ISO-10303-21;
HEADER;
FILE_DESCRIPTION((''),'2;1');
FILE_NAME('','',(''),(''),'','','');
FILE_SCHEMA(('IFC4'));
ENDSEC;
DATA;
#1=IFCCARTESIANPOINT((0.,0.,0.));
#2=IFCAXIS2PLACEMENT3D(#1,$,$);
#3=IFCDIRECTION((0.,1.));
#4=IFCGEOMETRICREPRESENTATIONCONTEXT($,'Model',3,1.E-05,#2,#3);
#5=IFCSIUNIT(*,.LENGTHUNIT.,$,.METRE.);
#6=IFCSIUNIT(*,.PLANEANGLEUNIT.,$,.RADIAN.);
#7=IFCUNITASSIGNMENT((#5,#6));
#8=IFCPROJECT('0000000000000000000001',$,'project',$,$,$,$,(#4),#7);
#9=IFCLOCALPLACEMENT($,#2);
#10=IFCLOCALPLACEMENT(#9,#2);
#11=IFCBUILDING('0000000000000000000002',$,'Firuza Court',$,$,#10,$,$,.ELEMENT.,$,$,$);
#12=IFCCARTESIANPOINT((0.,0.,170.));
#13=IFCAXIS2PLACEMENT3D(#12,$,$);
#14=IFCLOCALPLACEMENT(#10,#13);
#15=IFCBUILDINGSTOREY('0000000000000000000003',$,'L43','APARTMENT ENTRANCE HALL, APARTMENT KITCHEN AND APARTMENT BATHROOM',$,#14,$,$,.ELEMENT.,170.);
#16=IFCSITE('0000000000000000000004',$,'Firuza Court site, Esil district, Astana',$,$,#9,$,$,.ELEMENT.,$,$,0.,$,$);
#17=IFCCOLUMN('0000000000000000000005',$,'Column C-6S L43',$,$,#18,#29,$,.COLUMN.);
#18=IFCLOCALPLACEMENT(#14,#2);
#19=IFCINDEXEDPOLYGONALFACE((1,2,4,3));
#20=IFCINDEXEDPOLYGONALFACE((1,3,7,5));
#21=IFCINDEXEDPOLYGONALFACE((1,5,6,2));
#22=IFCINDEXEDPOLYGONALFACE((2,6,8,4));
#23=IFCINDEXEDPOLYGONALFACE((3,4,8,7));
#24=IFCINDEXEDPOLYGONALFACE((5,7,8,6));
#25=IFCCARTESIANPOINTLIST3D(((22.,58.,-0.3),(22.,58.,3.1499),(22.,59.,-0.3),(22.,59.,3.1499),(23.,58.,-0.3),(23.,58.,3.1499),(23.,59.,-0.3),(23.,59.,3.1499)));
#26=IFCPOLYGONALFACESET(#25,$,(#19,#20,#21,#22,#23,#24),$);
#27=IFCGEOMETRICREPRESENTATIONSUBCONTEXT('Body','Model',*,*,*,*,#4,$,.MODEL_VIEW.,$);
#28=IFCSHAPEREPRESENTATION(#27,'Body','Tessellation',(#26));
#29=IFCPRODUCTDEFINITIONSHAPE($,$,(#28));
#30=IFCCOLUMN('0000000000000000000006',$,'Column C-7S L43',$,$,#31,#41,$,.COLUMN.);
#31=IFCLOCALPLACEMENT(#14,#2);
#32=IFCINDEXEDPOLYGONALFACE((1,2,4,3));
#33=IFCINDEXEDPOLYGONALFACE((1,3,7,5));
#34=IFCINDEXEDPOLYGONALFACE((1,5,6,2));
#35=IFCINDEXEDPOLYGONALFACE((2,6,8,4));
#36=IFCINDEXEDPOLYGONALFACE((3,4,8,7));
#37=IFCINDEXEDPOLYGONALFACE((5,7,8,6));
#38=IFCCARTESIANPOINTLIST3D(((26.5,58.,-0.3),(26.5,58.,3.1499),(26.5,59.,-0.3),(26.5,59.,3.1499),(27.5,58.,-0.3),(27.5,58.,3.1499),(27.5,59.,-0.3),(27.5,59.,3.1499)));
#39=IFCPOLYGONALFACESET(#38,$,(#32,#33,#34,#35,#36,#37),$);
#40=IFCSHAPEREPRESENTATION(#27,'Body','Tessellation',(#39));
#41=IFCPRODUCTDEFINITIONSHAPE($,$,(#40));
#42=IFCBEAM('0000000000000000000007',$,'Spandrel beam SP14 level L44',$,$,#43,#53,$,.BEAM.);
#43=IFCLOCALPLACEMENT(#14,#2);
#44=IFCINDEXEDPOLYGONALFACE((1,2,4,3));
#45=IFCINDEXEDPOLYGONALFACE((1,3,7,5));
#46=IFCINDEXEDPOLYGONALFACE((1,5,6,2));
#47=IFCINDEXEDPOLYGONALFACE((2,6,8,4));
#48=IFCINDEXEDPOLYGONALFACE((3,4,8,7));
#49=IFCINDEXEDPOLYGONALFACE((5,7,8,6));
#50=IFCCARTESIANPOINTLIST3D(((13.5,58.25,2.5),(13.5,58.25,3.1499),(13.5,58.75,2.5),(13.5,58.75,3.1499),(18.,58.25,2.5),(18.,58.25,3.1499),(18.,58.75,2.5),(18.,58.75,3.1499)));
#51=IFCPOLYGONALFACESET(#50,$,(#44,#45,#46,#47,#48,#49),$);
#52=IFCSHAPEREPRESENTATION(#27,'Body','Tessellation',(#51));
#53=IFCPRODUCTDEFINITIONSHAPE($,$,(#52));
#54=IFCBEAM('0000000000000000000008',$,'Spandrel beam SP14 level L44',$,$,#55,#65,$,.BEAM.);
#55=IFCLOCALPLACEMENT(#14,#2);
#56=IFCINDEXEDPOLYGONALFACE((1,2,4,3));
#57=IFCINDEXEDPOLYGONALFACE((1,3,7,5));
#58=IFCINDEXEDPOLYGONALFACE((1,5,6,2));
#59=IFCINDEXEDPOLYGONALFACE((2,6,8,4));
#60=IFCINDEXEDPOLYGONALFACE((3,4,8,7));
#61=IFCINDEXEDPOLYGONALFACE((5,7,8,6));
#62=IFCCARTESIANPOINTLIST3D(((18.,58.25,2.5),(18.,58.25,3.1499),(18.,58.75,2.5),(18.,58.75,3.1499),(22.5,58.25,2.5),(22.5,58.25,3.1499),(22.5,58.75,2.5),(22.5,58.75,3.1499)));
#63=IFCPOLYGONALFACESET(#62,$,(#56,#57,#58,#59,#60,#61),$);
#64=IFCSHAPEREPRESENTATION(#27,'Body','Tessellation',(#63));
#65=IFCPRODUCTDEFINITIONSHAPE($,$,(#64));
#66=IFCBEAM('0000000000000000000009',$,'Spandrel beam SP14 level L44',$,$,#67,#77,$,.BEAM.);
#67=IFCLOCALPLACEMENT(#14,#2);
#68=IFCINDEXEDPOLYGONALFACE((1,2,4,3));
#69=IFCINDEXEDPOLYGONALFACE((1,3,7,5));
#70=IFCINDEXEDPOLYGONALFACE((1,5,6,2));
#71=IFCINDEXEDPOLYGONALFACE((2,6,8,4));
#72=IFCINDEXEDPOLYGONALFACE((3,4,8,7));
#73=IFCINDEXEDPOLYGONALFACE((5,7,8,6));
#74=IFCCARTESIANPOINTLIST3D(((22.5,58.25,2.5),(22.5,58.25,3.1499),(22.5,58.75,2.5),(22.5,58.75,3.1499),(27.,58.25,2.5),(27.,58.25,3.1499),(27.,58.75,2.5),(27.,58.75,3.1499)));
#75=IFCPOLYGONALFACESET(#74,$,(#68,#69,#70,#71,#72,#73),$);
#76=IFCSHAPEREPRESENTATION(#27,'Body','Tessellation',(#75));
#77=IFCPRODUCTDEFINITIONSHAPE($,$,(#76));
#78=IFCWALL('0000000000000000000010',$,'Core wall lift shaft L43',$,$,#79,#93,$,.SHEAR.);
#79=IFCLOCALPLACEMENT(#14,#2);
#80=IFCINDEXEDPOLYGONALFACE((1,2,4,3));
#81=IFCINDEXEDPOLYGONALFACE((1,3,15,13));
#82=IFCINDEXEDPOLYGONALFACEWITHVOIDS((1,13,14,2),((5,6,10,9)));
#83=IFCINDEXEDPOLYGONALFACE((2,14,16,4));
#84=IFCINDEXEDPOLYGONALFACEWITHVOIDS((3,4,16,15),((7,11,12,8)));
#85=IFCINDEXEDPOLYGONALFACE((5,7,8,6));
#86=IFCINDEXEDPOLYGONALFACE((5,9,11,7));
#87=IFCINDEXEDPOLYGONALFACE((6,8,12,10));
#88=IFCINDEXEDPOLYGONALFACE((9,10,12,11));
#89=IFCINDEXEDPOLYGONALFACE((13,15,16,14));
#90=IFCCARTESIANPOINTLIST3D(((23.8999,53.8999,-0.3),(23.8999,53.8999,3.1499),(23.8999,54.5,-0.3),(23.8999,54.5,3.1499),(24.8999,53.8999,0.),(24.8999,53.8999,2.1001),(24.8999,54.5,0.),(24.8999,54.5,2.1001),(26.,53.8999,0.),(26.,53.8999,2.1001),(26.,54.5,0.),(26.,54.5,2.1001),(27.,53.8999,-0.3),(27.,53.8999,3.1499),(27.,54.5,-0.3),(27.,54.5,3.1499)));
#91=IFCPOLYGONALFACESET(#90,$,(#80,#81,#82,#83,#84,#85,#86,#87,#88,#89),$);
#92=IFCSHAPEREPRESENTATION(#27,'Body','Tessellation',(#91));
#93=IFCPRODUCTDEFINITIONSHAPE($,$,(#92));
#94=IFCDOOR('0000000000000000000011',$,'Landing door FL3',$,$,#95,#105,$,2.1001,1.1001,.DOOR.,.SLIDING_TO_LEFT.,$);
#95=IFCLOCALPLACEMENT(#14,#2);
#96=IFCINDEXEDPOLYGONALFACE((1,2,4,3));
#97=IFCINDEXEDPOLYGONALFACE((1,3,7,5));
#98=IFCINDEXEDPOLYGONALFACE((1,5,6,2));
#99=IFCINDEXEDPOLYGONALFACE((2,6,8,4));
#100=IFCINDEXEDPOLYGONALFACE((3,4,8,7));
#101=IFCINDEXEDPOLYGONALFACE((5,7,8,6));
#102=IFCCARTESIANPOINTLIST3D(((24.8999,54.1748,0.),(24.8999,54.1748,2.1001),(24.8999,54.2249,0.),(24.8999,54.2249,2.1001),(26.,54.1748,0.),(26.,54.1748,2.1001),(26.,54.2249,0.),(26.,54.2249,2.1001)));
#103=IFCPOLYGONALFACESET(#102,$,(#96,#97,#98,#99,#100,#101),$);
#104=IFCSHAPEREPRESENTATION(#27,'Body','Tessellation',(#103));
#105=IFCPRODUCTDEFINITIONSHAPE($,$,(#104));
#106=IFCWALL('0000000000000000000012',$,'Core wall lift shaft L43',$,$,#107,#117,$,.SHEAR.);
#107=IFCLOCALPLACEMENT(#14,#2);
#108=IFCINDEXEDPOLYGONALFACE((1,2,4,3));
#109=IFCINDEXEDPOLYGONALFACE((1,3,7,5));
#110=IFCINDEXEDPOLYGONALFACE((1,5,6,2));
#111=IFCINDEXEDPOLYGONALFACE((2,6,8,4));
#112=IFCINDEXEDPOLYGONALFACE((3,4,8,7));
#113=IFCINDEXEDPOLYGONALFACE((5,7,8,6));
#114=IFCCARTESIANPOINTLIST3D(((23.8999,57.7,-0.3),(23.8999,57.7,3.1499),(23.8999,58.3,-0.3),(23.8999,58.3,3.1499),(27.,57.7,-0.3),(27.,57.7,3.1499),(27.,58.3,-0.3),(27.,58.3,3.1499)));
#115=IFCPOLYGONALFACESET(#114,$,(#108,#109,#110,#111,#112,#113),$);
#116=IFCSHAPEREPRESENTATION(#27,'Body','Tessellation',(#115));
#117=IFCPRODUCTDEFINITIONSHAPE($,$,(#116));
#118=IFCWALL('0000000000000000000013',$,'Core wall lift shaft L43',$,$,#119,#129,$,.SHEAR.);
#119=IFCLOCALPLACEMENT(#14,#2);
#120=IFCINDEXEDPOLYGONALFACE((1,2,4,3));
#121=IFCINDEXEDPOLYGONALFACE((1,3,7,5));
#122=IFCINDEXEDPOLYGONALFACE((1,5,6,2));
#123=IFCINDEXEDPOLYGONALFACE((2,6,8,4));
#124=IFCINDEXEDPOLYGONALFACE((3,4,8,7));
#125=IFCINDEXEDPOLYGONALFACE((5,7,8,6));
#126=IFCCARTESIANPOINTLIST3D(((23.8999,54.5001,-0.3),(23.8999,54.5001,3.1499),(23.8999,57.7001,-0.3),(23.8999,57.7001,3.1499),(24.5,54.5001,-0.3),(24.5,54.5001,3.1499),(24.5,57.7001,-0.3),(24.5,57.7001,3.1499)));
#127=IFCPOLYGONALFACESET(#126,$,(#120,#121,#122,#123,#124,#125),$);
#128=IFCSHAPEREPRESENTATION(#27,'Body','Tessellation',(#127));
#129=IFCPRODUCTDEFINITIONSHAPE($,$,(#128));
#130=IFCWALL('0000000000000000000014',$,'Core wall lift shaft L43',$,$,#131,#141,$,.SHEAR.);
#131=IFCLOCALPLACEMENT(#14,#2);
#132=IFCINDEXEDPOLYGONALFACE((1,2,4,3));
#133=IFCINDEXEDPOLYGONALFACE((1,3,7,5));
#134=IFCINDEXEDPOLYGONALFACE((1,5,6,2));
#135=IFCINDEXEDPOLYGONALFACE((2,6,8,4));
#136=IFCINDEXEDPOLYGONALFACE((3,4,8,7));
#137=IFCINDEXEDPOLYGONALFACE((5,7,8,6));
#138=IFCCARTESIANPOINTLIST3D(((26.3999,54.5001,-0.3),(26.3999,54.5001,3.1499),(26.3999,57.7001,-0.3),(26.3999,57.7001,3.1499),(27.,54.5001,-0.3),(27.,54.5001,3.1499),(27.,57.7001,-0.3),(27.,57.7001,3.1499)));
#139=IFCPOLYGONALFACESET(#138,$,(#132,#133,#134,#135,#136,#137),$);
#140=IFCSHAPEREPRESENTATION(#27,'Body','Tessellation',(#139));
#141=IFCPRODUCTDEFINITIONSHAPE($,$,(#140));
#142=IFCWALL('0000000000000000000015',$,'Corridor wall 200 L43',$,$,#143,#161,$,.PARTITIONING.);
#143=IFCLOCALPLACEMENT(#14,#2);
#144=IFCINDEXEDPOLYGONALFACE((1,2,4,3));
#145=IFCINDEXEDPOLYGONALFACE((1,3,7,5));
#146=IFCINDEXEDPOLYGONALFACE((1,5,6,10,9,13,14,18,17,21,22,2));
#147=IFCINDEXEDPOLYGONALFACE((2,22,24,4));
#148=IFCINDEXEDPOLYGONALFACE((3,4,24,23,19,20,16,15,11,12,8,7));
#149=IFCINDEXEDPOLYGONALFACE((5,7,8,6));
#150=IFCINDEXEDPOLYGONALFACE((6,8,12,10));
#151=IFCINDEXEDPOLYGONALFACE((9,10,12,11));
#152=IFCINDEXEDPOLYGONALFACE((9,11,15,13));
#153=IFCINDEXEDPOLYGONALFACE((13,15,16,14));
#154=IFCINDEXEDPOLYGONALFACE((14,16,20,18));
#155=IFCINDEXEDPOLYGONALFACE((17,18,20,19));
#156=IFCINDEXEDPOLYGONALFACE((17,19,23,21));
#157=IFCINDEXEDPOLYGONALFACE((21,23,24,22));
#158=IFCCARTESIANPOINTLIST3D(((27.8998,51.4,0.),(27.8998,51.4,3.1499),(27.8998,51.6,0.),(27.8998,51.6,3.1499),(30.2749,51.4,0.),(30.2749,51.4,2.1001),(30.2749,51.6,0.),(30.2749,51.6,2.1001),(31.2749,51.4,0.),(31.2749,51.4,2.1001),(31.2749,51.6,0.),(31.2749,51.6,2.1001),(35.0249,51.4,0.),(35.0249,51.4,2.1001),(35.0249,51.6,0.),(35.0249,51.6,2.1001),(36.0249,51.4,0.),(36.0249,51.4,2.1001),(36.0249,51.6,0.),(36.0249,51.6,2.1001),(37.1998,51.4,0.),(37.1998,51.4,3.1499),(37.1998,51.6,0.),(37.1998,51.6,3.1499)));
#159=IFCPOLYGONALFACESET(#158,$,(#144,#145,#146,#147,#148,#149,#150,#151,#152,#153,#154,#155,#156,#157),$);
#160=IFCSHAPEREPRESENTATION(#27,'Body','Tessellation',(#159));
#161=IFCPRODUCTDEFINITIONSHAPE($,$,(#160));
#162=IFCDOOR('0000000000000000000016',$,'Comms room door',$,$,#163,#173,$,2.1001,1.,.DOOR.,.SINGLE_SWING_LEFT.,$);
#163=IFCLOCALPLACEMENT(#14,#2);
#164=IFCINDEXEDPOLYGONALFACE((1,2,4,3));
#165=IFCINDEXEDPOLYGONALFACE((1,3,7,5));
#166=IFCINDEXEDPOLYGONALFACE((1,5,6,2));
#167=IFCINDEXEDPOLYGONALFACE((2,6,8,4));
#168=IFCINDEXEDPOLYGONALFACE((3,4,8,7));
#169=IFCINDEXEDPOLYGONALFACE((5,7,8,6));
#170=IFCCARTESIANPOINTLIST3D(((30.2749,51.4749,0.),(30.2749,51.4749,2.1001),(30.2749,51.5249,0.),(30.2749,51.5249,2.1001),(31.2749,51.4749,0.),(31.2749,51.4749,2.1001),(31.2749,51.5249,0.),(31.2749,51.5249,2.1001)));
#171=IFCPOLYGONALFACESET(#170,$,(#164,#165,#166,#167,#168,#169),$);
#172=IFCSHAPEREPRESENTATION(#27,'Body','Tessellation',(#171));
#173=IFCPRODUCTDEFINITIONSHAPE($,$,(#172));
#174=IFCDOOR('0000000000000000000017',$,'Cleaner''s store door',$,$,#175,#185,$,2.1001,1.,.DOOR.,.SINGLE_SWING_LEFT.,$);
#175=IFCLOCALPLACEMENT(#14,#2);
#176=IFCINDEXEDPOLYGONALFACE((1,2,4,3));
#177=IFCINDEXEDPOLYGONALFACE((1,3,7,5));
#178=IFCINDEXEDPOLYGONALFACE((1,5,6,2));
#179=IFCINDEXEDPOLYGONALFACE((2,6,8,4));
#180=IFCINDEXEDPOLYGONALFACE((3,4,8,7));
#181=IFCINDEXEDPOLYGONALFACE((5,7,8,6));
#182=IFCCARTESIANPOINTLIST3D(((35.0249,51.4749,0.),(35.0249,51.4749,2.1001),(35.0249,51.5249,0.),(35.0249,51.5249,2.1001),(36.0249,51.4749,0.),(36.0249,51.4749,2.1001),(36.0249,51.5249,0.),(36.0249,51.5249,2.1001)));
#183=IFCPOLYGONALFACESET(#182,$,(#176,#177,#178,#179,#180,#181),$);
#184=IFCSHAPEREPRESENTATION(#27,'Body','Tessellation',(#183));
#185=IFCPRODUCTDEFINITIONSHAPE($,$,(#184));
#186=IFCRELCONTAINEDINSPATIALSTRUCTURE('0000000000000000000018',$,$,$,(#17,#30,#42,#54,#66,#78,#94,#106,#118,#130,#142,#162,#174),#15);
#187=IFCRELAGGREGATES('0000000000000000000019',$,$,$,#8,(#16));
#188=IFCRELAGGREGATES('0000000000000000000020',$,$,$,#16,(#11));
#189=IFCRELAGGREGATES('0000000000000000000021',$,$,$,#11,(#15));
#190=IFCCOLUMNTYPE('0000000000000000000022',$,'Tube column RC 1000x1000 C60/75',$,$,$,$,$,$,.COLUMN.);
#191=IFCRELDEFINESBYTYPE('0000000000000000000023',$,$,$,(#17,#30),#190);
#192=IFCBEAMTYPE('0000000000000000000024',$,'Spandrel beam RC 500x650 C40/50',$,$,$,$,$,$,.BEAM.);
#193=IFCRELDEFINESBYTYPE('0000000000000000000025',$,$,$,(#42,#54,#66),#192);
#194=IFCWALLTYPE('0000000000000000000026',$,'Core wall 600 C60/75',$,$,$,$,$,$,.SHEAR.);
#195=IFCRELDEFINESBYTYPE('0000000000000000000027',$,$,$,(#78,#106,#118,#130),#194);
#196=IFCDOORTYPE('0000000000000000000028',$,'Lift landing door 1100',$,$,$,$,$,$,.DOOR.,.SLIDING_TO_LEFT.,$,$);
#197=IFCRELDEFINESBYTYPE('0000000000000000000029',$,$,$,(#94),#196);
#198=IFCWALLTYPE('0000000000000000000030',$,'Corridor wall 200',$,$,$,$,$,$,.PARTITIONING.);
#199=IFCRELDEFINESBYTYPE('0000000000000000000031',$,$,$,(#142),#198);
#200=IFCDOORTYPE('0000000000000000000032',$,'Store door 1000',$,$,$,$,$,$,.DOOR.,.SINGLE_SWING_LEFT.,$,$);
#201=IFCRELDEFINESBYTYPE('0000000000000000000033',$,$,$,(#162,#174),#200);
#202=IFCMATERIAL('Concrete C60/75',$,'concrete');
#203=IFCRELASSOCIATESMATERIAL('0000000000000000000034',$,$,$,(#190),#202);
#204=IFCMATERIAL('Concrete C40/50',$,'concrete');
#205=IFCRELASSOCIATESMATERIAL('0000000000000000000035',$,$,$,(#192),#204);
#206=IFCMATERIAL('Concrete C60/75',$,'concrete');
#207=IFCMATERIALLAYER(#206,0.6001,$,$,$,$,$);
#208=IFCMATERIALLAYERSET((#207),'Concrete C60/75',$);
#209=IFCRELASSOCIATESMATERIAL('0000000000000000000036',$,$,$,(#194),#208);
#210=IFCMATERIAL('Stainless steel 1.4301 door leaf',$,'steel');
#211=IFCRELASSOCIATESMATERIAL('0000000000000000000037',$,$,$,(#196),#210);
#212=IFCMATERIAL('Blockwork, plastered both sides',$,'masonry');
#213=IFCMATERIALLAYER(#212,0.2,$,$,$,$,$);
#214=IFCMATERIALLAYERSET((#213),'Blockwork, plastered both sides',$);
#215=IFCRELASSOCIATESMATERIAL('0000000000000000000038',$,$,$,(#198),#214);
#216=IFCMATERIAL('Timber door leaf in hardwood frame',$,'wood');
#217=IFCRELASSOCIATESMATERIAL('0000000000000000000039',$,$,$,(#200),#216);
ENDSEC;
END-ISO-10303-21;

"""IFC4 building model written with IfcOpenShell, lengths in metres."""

from ifc_helpers import new_model, si_unit, direction, frame, frame_2d, origin, origin_2d, place, context, subcontext, project, spatial, rectangle, extrude, material, layer, layer_set, material_profile, profile_set, type_object, element, fill, save


model = new_model("IFC4")

# Units and contexts
model_context = context("Model", 3, precision=1e-05, world=origin(), true_north=direction((0.0, 1.0)))
body_context = subcontext(model_context, "Body", "Model", "MODEL_VIEW")
ifc_project = project(units=[si_unit("LENGTHUNIT", "METRE"), si_unit("PLANEANGLEUNIT", "RADIAN")], contexts=[model_context])

# Site, building, storey
site_placement = place(None, origin())
site = spatial("IfcSite", under=ifc_project, at=site_placement, Name="Firuza Court site, Esil district, Astana", CompositionType="ELEMENT", RefElevation=0.0)
building_placement = place(site_placement, origin())
building = spatial("IfcBuilding", under=site, at=building_placement, Name="Firuza Court", CompositionType="ELEMENT")
storey_placement = place(building_placement, frame((0.0, 0.0, 170.0)))
storey = spatial("IfcBuildingStorey", under=building, at=storey_placement, Name="L43", Description="APARTMENT ENTRANCE HALL, APARTMENT KITCHEN AND APARTMENT BATHROOM", CompositionType="ELEMENT", Elevation=170.0)

# Columns
ifc_material_1 = material(Name="Concrete C60/75", Category="concrete")
ifc_material_profile_1 = material_profile(ifc_material_1, rectangle(XDim=1.0, YDim=1.0, at=origin_2d()), Name="RC 1000x1000")
ifc_profile_set_1 = profile_set([ifc_material_profile_1], Name="Concrete C60/75")
column_type = type_object("IfcColumnType", Name="Tube column RC 1000x1000 C60/75", PredefinedType="COLUMN", material=ifc_profile_set_1)
for number, where, z_axis, x_axis, name in (
    (1, (22.5, 58.5, -0.3), (0.0, 0.0, 1.0), (1.0, 0.0, 0.0), "Column C-6S L43"),
    (2, (27.0, 58.5, -0.3), (0.0, 0.0, 1.0), (1.0, 0.0, 0.0), "Column C-7S L43"),
):
    element("IfcColumn", number, at=place(storey_placement, frame(where, z_axis=z_axis, x_axis=x_axis)), inside=storey, type_object=column_type, Name=name, PredefinedType="COLUMN", context=body_context, shape_type="SweptSolid", body=[
        extrude(rectangle(XDim=1.0, YDim=1.0, at=origin_2d()), origin(), (0.0, 0.0, 1.0), 3.45),
    ])

# Beams
ifc_material_2 = material(Name="Concrete C40/50", Category="concrete")
ifc_material_profile_2 = material_profile(ifc_material_2, rectangle(XDim=0.5, YDim=0.6499, at=origin_2d()), Name="RC 500x650")
ifc_profile_set_2 = profile_set([ifc_material_profile_2], Name="Concrete C40/50")
beam_type = type_object("IfcBeamType", Name="Spandrel beam RC 500x650 C40/50", PredefinedType="BEAM", material=ifc_profile_set_2)
for number, where, z_axis, x_axis, name in (
    (3, (18.0, 58.5, 2.825), (-1.0, 0.0, 0.0), (0.0, -1.0, 0.0), "Spandrel beam SP14 level L44"),
    (4, (22.5, 58.5, 2.825), (-1.0, 0.0, 0.0), (0.0, -1.0, 0.0), "Spandrel beam SP14 level L44"),
    (5, (27.0, 58.5, 2.825), (-1.0, 0.0, 0.0), (0.0, -1.0, 0.0), "Spandrel beam SP14 level L44"),
):
    element("IfcBeam", number, at=place(storey_placement, frame(where, z_axis=z_axis, x_axis=x_axis)), inside=storey, type_object=beam_type, Name=name, PredefinedType="BEAM", context=body_context, shape_type="SweptSolid", body=[
        extrude(rectangle(XDim=0.5, YDim=0.6499, at=origin_2d()), origin(), (0.0, 0.0, 1.0), 4.5),
    ])

# Wall, opening, door
ifc_material_3 = material(Name="Concrete C60/75", Category="concrete")
ifc_layer_1 = layer(ifc_material_3, 0.6001)
ifc_layer_set_1 = layer_set([ifc_layer_1], Name="Concrete C60/75")
wall_type_1 = type_object("IfcWallType", Name="Core wall 600 C60/75", PredefinedType="SHEAR", material=ifc_layer_set_1)
wall_1_placement = place(storey_placement, frame((23.8999, 54.2, -0.3), z_axis=(0.0, 0.0, 1.0), x_axis=(1.0, 0.0, 0.0)))
wall_1 = element("IfcWall", 6, at=wall_1_placement, inside=storey, type_object=wall_type_1, Name="Core wall lift shaft L43", PredefinedType="SHEAR", context=body_context, shape_type="SweptSolid", body=[
    extrude(rectangle(XDim=3.1001, YDim=0.6001, at=frame_2d((1.55, 0.0))), origin(), (0.0, 0.0, 1.0), 3.45),
])
opening_1_placement = place(wall_1_placement, frame((1.0, 0.0, 0.3)))
opening_1 = element("IfcOpeningElement", 7, at=opening_1_placement, cuts=wall_1, PredefinedType="OPENING", context=body_context, shape_type="SweptSolid", body=[
    extrude(rectangle(XDim=1.1001, YDim=2.1001, at=frame_2d((0.55, 1.05))), frame((0.0, 0.312, 0.0), z_axis=(0.0, -1.0, 0.0), x_axis=(1.0, 0.0, 0.0)), (0.0, 0.0, 1.0), 0.624),
])
ifc_material_4 = material(Name="Stainless steel 1.4301 door leaf", Category="steel")
door_type_1 = type_object("IfcDoorType", Name="Lift landing door 1100", OperationType="SLIDING_TO_LEFT", PredefinedType="DOOR", material=ifc_material_4)
door_1_placement = place(opening_1_placement, origin())
door_1 = element("IfcDoor", 8, at=door_1_placement, inside=storey, type_object=door_type_1, Name="Landing door FL3", OperationType="SLIDING_TO_LEFT", OverallHeight=2.1001, OverallWidth=1.1001, PredefinedType="DOOR", context=body_context, shape_type="SweptSolid", body=[
    extrude(rectangle(XDim=1.1001, YDim=2.1001, at=frame_2d((0.55, 1.05))), frame((0.0, 0.0249, 0.0), z_axis=(0.0, -1.0, 0.0), x_axis=(1.0, 0.0, 0.0)), (0.0, 0.0, 1.0), 0.05),
])
fill(opening_1, door_1)

# Walls
wall_2_placement = place(storey_placement, frame((23.8999, 58.0, -0.3), z_axis=(0.0, 0.0, 1.0), x_axis=(1.0, 0.0, 0.0)))
element("IfcWall", 9, at=wall_2_placement, inside=storey, type_object=wall_type_1, Name="Core wall lift shaft L43", PredefinedType="SHEAR", context=body_context, shape_type="SweptSolid", body=[
    extrude(rectangle(XDim=3.1001, YDim=0.6001, at=frame_2d((1.55, 0.0))), origin(), (0.0, 0.0, 1.0), 3.45),
])
for number, where, z_axis, x_axis, name in (
    (10, (24.2, 54.5, -0.3), (0.0, 0.0, 1.0), (0.0, 1.0, 0.0), "Core wall lift shaft L43"),
    (11, (26.7, 54.5, -0.3), (0.0, 0.0, 1.0), (0.0, 1.0, 0.0), "Core wall lift shaft L43"),
):
    element("IfcWall", number, at=place(storey_placement, frame(where, z_axis=z_axis, x_axis=x_axis)), inside=storey, type_object=wall_type_1, Name=name, PredefinedType="SHEAR", context=body_context, shape_type="SweptSolid", body=[
        extrude(rectangle(XDim=3.2, YDim=0.6001, at=frame_2d((1.6001, 0.0))), origin(), (0.0, 0.0, 1.0), 3.45),
    ])

# Wall, openings, doors
ifc_material_5 = material(Name="Blockwork, plastered both sides", Category="masonry")
ifc_layer_2 = layer(ifc_material_5, 0.2)
ifc_layer_set_2 = layer_set([ifc_layer_2], Name="Blockwork, plastered both sides")
wall_type_2 = type_object("IfcWallType", Name="Corridor wall 200", PredefinedType="PARTITIONING", material=ifc_layer_set_2)
wall_3_placement = place(storey_placement, frame((27.8999, 51.5, 0.0), z_axis=(0.0, 0.0, 1.0), x_axis=(1.0, 0.0, 0.0)))
wall_3 = element("IfcWall", 12, at=wall_3_placement, inside=storey, type_object=wall_type_2, Name="Corridor wall 200 L43", PredefinedType="PARTITIONING", context=body_context, shape_type="SweptSolid", body=[
    extrude(rectangle(XDim=9.3, YDim=0.2, at=frame_2d((4.6499, 0.0))), origin(), (0.0, 0.0, 1.0), 3.1499),
])
opening_2_placement = place(wall_3_placement, frame((2.375, 0.0, 0.0)))
opening_2 = element("IfcOpeningElement", 13, at=opening_2_placement, cuts=wall_3, PredefinedType="OPENING", context=body_context, shape_type="SweptSolid", body=[
    extrude(rectangle(XDim=1.0, YDim=2.1001, at=frame_2d((0.5, 1.05))), frame((0.0, 0.1118, 0.0), z_axis=(0.0, -1.0, 0.0), x_axis=(1.0, 0.0, 0.0)), (0.0, 0.0, 1.0), 0.2239),
])
opening_3_placement = place(wall_3_placement, frame((7.125, 0.0, 0.0)))
opening_3 = element("IfcOpeningElement", 14, at=opening_3_placement, cuts=wall_3, PredefinedType="OPENING", context=body_context, shape_type="SweptSolid", body=[
    extrude(rectangle(XDim=1.0, YDim=2.1001, at=frame_2d((0.5, 1.05))), frame((0.0, 0.1118, 0.0), z_axis=(0.0, -1.0, 0.0), x_axis=(1.0, 0.0, 0.0)), (0.0, 0.0, 1.0), 0.2239),
])
ifc_material_6 = material(Name="Timber door leaf in hardwood frame", Category="wood")
door_type_2 = type_object("IfcDoorType", Name="Store door 1000", OperationType="SINGLE_SWING_LEFT", PredefinedType="DOOR", material=ifc_material_6)
door_2_placement = place(opening_2_placement, origin())
door_2 = element("IfcDoor", 15, at=door_2_placement, inside=storey, type_object=door_type_2, Name="Comms room door", OperationType="SINGLE_SWING_LEFT", OverallHeight=2.1001, OverallWidth=1.0, PredefinedType="DOOR", context=body_context, shape_type="SweptSolid", body=[
    extrude(rectangle(XDim=1.0, YDim=2.1001, at=frame_2d((0.5, 1.05))), frame((0.0, 0.0249, 0.0), z_axis=(0.0, -1.0, 0.0), x_axis=(1.0, 0.0, 0.0)), (0.0, 0.0, 1.0), 0.05),
])
fill(opening_2, door_2)
door_3_placement = place(opening_3_placement, origin())
door_3 = element("IfcDoor", 16, at=door_3_placement, inside=storey, type_object=door_type_2, Name="Cleaner's store door", OperationType="SINGLE_SWING_LEFT", OverallHeight=2.1001, OverallWidth=1.0, PredefinedType="DOOR", context=body_context, shape_type="SweptSolid", body=[
    extrude(rectangle(XDim=1.0, YDim=2.1001, at=frame_2d((0.5, 1.05))), frame((0.0, 0.0249, 0.0), z_axis=(0.0, -1.0, 0.0), x_axis=(1.0, 0.0, 0.0)), (0.0, 0.0, 1.0), 0.05),
])
fill(opening_3, door_3)

save(model, "model.ifc")
